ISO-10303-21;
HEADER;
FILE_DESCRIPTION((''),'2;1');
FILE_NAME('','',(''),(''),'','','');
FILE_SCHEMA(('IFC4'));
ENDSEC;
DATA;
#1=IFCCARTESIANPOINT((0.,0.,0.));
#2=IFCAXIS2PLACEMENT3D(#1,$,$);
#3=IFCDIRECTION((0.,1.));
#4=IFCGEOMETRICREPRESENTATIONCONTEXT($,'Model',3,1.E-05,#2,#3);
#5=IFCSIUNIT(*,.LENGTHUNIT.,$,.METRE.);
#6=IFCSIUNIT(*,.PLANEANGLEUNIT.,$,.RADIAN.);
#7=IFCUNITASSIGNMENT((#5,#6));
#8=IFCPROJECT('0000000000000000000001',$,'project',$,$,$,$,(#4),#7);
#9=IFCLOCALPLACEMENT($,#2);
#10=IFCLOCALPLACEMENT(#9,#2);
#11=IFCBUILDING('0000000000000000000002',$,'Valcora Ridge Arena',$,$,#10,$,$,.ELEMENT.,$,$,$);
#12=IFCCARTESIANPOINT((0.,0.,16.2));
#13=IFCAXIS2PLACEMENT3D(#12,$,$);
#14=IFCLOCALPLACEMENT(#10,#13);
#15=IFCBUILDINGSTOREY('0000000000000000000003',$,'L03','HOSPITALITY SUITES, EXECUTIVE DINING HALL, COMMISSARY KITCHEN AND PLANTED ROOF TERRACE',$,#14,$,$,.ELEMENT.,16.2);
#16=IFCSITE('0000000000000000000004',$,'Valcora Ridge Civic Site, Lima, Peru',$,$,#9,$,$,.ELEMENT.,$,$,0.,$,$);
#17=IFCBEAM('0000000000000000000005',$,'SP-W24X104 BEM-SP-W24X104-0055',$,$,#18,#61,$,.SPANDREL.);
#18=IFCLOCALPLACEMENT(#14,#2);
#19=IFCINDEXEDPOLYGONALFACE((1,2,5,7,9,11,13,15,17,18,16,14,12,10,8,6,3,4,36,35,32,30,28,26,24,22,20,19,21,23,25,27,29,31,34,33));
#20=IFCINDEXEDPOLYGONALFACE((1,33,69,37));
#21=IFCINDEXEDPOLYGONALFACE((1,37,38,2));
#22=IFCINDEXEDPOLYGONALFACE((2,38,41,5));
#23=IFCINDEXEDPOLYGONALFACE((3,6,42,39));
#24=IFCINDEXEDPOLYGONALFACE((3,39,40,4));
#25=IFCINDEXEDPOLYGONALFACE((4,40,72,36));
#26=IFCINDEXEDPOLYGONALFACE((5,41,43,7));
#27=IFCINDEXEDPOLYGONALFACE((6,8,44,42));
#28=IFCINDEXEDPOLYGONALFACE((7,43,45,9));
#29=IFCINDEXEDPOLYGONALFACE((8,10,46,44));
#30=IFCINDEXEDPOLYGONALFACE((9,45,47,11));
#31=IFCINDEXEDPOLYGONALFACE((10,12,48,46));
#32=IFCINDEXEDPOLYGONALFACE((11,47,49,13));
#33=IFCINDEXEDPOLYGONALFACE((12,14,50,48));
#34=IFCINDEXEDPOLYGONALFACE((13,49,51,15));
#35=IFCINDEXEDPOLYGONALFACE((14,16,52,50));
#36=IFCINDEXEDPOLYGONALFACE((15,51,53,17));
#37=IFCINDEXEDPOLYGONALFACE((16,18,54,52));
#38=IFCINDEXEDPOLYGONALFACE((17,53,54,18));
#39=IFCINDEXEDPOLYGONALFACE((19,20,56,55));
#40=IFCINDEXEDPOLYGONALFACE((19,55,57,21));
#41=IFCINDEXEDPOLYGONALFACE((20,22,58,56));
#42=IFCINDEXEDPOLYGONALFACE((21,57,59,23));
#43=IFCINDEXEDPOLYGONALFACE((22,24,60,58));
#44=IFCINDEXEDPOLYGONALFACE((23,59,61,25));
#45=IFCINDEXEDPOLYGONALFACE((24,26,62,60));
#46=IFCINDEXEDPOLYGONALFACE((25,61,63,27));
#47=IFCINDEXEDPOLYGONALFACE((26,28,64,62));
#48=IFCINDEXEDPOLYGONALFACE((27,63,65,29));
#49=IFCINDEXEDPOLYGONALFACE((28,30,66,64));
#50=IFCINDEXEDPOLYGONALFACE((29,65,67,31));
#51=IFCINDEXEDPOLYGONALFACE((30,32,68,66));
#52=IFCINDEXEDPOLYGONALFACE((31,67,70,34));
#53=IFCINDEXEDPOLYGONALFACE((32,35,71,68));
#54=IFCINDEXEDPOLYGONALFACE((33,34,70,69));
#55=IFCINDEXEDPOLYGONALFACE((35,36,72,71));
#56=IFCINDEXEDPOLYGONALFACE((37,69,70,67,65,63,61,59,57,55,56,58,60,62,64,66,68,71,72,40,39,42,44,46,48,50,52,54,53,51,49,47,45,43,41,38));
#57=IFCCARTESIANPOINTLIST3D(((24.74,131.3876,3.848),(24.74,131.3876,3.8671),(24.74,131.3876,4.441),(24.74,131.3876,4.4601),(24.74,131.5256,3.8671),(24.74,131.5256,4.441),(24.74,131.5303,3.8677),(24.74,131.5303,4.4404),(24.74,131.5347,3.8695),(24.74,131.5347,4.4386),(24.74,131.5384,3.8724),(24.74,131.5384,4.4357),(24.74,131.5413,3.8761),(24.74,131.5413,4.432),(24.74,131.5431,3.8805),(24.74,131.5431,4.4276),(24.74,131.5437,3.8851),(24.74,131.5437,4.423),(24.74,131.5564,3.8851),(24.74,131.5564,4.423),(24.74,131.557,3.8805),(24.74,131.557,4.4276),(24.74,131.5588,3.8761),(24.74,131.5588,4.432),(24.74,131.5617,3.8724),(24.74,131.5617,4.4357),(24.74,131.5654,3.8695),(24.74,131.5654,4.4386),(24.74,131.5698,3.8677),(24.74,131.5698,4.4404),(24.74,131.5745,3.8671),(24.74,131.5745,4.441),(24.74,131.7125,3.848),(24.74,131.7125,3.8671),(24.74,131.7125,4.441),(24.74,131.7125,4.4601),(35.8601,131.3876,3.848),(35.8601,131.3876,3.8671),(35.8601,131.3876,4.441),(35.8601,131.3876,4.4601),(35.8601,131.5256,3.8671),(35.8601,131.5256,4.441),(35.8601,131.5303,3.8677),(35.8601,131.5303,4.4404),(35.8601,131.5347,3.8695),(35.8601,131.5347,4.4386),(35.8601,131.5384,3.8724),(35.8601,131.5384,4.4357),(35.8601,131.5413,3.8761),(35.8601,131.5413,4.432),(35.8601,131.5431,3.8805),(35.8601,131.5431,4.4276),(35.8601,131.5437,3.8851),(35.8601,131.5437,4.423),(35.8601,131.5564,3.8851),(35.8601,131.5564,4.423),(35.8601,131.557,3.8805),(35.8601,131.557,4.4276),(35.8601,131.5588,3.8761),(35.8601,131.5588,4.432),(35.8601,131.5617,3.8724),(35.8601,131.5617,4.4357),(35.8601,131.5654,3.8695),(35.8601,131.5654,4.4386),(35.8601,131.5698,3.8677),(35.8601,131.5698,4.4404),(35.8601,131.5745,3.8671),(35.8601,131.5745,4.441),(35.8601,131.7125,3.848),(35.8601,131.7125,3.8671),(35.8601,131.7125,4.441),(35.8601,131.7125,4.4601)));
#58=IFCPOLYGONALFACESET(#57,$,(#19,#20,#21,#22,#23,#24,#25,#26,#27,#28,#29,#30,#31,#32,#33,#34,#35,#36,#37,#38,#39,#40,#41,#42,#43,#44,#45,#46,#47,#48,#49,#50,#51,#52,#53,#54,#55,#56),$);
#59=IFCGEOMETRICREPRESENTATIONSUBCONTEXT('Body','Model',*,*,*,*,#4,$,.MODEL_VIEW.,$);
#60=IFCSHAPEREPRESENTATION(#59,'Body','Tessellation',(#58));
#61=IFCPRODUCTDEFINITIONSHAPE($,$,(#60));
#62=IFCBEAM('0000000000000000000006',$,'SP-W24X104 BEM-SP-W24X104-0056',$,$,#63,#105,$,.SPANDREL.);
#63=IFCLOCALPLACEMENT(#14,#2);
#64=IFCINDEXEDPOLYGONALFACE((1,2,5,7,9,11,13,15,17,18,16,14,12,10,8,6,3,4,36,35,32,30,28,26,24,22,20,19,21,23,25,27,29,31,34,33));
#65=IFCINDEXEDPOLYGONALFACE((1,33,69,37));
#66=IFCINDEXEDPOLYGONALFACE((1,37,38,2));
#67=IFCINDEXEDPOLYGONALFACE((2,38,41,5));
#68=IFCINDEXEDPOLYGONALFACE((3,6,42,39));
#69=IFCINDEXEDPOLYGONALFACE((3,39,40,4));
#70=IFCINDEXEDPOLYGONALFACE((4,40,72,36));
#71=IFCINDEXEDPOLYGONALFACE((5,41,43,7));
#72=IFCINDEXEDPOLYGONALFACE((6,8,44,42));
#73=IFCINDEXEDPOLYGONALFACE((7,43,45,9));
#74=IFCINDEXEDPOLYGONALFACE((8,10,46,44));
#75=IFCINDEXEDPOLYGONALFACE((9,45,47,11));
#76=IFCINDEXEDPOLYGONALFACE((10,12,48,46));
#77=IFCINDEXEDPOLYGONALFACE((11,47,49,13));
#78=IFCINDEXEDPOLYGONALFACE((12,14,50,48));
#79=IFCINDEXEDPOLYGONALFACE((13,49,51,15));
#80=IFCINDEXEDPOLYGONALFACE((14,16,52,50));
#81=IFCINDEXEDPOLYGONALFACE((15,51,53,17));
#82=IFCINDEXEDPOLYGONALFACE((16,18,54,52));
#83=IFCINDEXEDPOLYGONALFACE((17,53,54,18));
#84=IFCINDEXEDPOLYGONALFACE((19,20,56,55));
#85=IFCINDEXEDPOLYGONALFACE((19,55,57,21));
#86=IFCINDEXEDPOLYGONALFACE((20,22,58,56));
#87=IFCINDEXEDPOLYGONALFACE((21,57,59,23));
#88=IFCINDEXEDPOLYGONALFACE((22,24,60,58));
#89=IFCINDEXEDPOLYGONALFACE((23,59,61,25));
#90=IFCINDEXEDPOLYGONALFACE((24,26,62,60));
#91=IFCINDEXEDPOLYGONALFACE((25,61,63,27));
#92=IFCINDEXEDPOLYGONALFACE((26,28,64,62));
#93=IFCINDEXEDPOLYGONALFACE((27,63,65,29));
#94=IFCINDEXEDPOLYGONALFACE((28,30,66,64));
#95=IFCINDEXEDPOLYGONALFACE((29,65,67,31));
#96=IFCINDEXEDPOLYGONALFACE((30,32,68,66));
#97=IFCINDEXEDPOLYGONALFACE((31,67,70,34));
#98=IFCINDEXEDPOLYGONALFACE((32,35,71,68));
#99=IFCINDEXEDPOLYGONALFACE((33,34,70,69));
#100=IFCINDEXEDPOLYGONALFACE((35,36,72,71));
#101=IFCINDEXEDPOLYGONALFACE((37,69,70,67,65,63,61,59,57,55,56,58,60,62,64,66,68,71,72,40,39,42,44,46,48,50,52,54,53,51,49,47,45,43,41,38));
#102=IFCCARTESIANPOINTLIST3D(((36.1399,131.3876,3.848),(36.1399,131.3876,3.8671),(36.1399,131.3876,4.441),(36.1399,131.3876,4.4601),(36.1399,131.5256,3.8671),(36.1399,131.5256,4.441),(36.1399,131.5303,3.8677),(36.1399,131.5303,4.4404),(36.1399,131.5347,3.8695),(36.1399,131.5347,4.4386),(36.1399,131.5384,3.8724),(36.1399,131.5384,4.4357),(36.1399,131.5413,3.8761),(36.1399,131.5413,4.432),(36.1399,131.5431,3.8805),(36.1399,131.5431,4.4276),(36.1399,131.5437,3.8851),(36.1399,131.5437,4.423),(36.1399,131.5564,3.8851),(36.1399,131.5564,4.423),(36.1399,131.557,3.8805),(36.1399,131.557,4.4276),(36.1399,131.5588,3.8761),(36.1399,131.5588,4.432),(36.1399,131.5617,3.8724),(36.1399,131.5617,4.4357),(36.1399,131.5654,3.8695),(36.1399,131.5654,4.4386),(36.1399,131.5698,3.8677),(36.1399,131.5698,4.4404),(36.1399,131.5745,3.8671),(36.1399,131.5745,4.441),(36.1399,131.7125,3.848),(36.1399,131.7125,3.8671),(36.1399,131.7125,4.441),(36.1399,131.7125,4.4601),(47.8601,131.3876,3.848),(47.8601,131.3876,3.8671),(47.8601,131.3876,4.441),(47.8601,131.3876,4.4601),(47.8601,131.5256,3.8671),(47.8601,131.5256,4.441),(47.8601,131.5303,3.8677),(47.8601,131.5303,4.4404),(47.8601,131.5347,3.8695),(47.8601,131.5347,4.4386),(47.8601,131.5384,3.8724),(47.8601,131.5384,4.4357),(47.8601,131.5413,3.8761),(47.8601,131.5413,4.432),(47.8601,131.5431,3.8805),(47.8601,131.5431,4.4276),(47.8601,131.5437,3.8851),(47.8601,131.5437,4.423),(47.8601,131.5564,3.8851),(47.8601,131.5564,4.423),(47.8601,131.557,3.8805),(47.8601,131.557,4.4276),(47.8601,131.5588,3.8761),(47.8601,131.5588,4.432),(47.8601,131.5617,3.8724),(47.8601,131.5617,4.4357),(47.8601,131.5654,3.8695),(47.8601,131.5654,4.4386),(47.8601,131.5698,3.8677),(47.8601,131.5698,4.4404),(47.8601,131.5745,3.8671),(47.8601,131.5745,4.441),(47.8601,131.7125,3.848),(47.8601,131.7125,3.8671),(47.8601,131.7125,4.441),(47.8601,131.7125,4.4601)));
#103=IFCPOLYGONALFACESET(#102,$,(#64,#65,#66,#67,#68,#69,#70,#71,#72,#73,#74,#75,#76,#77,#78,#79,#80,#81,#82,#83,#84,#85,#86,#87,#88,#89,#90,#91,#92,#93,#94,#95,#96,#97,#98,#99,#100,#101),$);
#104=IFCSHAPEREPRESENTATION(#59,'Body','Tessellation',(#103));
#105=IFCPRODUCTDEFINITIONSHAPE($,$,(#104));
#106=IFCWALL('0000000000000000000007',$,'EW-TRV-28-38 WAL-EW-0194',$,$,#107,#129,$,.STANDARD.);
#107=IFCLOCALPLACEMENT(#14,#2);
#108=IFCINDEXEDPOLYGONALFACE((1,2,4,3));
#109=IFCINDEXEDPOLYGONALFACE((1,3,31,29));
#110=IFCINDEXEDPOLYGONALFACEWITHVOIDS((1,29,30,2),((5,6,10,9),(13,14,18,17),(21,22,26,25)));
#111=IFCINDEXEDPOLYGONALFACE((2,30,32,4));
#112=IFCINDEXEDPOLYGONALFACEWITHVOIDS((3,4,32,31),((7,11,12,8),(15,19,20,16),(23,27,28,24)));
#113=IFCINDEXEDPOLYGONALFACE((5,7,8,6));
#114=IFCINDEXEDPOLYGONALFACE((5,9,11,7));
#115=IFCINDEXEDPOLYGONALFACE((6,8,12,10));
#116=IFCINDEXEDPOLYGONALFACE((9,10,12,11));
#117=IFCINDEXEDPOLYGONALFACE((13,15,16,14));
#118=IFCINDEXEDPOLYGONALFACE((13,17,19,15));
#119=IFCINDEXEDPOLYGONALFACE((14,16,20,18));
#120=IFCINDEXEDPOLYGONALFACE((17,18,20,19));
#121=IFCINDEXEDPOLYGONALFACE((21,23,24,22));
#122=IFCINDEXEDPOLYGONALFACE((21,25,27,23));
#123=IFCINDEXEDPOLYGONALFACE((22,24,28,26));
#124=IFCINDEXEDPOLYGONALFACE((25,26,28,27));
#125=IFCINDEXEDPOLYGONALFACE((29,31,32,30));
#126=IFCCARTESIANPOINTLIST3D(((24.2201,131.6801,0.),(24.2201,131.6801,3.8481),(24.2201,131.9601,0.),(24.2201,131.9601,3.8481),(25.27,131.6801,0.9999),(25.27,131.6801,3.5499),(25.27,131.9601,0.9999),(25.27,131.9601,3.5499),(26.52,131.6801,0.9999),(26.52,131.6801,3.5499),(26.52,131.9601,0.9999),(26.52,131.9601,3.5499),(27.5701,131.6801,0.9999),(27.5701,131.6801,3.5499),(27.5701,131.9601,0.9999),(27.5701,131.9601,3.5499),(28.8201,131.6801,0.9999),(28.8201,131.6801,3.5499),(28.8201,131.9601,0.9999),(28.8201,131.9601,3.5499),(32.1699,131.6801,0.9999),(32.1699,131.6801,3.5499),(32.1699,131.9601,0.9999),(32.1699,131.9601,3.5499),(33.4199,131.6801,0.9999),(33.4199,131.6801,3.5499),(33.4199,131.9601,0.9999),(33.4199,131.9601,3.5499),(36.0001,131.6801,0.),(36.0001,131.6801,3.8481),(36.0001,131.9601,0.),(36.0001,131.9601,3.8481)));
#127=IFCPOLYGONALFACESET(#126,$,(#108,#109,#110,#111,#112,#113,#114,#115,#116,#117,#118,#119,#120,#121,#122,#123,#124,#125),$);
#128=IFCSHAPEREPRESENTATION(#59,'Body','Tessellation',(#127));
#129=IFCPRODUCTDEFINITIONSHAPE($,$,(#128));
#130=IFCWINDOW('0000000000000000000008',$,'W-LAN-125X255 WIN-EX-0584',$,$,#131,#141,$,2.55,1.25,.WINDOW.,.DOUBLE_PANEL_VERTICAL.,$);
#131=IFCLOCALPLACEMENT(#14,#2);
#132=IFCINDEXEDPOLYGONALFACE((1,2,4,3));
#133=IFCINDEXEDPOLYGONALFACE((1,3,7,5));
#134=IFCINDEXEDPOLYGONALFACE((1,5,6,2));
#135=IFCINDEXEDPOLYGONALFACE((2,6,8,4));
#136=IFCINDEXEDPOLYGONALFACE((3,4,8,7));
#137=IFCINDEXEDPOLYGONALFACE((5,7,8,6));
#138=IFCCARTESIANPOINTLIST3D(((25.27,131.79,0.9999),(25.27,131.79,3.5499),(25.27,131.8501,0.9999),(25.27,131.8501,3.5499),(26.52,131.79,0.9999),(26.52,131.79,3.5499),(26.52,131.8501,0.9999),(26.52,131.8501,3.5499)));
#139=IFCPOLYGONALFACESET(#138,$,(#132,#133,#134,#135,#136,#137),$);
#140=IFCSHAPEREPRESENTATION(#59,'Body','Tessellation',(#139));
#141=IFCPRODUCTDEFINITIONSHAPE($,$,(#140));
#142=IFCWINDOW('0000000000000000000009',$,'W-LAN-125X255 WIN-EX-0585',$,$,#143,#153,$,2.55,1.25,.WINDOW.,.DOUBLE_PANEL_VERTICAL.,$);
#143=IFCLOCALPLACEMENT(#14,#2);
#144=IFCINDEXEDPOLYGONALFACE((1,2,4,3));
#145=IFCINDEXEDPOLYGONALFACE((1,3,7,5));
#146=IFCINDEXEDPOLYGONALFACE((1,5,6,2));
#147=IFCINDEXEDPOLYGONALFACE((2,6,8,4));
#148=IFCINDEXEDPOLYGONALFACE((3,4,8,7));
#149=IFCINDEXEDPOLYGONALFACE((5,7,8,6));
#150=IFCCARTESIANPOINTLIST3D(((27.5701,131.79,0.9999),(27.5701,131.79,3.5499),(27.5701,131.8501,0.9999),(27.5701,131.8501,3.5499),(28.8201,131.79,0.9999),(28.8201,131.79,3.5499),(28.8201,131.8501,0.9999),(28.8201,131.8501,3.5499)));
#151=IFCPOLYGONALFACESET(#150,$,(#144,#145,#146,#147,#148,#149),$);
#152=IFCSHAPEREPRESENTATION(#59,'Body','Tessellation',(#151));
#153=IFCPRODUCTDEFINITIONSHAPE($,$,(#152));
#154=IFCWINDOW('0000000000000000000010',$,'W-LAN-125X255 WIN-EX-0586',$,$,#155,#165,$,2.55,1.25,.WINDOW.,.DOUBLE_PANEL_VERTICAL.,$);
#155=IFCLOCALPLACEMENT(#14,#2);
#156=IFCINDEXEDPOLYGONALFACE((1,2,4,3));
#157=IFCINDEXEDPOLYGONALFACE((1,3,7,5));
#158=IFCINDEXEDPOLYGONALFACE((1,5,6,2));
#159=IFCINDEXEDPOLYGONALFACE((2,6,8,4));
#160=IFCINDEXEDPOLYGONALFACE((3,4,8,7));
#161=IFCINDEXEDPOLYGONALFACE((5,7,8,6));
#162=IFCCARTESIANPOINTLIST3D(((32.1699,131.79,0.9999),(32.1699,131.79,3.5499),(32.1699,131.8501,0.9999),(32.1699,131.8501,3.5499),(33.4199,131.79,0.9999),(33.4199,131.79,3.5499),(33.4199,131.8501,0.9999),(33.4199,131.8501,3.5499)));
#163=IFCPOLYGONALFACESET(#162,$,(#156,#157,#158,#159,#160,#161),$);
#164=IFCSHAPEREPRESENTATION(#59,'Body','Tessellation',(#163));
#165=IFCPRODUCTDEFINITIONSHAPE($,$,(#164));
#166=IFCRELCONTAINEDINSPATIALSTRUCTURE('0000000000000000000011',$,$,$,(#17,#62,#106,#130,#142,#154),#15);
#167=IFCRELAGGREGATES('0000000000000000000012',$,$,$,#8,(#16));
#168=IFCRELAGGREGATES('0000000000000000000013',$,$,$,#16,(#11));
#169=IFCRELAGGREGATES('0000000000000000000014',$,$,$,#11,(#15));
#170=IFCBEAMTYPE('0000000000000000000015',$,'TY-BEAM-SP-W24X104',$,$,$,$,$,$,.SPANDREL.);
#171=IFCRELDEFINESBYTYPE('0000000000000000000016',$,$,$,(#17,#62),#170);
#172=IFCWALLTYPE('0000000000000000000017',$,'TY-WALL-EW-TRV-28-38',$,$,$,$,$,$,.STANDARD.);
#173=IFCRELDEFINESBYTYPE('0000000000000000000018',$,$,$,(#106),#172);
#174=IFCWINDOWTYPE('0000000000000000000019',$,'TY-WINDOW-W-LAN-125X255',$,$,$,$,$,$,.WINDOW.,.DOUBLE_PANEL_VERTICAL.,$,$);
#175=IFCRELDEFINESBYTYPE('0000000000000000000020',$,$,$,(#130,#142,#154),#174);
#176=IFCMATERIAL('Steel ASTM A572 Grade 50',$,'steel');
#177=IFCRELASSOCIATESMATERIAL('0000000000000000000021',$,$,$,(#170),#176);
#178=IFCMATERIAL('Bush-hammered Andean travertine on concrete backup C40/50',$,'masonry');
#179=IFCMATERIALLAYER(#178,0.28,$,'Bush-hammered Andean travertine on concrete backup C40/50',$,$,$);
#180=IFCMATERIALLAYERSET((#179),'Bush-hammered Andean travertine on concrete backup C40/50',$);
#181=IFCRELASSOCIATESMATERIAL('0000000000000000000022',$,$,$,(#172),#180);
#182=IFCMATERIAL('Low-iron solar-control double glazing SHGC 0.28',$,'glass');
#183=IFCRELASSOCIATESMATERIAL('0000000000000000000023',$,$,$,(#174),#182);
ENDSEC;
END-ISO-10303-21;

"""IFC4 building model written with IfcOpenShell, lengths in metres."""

from ifc_helpers import new_model, si_unit, direction, frame, frame_2d, origin, origin_2d, place, context, subcontext, project, spatial, rectangle, i_section, extrude, material, layer, layer_set, material_profile, profile_set, type_object, element, fill, save


model = new_model("IFC4")

# Units and contexts
model_context = context("Model", 3, precision=1e-05, world=origin(), true_north=direction((0.0, 1.0)))
body_context = subcontext(model_context, "Body", "Model", "MODEL_VIEW")
ifc_project = project(units=[si_unit("LENGTHUNIT", "METRE"), si_unit("PLANEANGLEUNIT", "RADIAN")], contexts=[model_context])

# Site, building, storey
site_placement = place(None, origin())
site = spatial("IfcSite", under=ifc_project, at=site_placement, Name="Valcora Ridge Civic Site, Lima, Peru", CompositionType="ELEMENT", RefElevation=0.0)
building_placement = place(site_placement, origin())
building = spatial("IfcBuilding", under=site, at=building_placement, Name="Valcora Ridge Arena", CompositionType="ELEMENT")
storey_placement = place(building_placement, frame((0.0, 0.0, 16.2)))
storey = spatial("IfcBuildingStorey", under=building, at=storey_placement, Name="L03", Description="HOSPITALITY SUITES, EXECUTIVE DINING HALL, COMMISSARY KITCHEN AND PLANTED ROOF TERRACE", CompositionType="ELEMENT", Elevation=16.2)

# Beams
ifc_material_1 = material(Name="Steel ASTM A572 Grade 50", Category="steel")
ifc_material_profile_1 = material_profile(ifc_material_1, i_section(OverallWidth=0.325, OverallDepth=0.6121, WebThickness=0.0127, FlangeThickness=0.019, FilletRadius=0.0181, at=origin_2d()), Name="W24X104")
ifc_profile_set_1 = profile_set([ifc_material_profile_1], Name="Steel ASTM A572 Grade 50")
beam_type_1 = type_object("IfcBeamType", Name="TY-BEAM-SP-W24X104", PredefinedType="SPANDREL", material=ifc_profile_set_1)
beam_1_placement = place(storey_placement, frame((24.74, 131.55, 4.1541), z_axis=(1.0, 0.0, 0.0), x_axis=(0.0, 1.0, 0.0)))
element("IfcBeam", 1, at=beam_1_placement, inside=storey, type_object=beam_type_1, Name="SP-W24X104 BEM-SP-W24X104-0055", PredefinedType="SPANDREL", context=body_context, shape_type="SweptSolid", body=[
    extrude(i_section(OverallWidth=0.325, OverallDepth=0.6121, WebThickness=0.0127, FlangeThickness=0.019, FilletRadius=0.0181, at=origin_2d()), origin(), (0.0, 0.0, 1.0), 11.1201),
])
beam_2_placement = place(storey_placement, frame((36.1399, 131.55, 4.1541), z_axis=(1.0, 0.0, 0.0), x_axis=(0.0, 1.0, 0.0)))
element("IfcBeam", 2, at=beam_2_placement, inside=storey, type_object=beam_type_1, Name="SP-W24X104 BEM-SP-W24X104-0056", PredefinedType="SPANDREL", context=body_context, shape_type="SweptSolid", body=[
    extrude(i_section(OverallWidth=0.325, OverallDepth=0.6121, WebThickness=0.0127, FlangeThickness=0.019, FilletRadius=0.0181, at=origin_2d()), origin(), (0.0, 0.0, 1.0), 11.7202),
])

# Wall, openings, windows
ifc_material_2 = material(Name="Bush-hammered Andean travertine on concrete backup C40/50", Category="masonry")
ifc_layer_1 = layer(ifc_material_2, 0.28, Name="Bush-hammered Andean travertine on concrete backup C40/50")
ifc_layer_set_1 = layer_set([ifc_layer_1], Name="Bush-hammered Andean travertine on concrete backup C40/50")
wall_type_1 = type_object("IfcWallType", Name="TY-WALL-EW-TRV-28-38", PredefinedType="STANDARD", material=ifc_layer_set_1)
wall_1_placement = place(storey_placement, frame((24.22, 131.8201, 0.0), z_axis=(0.0, 0.0, 1.0), x_axis=(1.0, 0.0, 0.0)))
wall_1 = element("IfcWall", 3, at=wall_1_placement, inside=storey, type_object=wall_type_1, Name="EW-TRV-28-38 WAL-EW-0194", PredefinedType="STANDARD", context=body_context, shape_type="SweptSolid", body=[
    extrude(rectangle(XDim=11.78, YDim=0.28, at=frame_2d((5.8901, 0.0))), origin(), (0.0, 0.0, 1.0), 3.8481),
])
opening_1_placement = place(wall_1_placement, frame((1.05, 0.0, 1.0)))
opening_1 = element("IfcOpeningElement", 4, at=opening_1_placement, cuts=wall_1, PredefinedType="OPENING", context=body_context, shape_type="SweptSolid", body=[
    extrude(rectangle(XDim=1.25, YDim=2.55, at=frame_2d((0.625, 1.2749))), frame((0.0, 0.1499, 0.0), z_axis=(0.0, -1.0, 0.0), x_axis=(1.0, 0.0, 0.0)), (0.0, 0.0, 1.0), 0.3),
])
opening_2_placement = place(wall_1_placement, frame((3.3501, 0.0, 1.0)))
opening_2 = element("IfcOpeningElement", 5, at=opening_2_placement, cuts=wall_1, PredefinedType="OPENING", context=body_context, shape_type="SweptSolid", body=[
    extrude(rectangle(XDim=1.25, YDim=2.55, at=frame_2d((0.625, 1.2749))), frame((0.0, 0.1499, 0.0), z_axis=(0.0, -1.0, 0.0), x_axis=(1.0, 0.0, 0.0)), (0.0, 0.0, 1.0), 0.3),
])
opening_3_placement = place(wall_1_placement, frame((7.95, 0.0, 1.0)))
opening_3 = element("IfcOpeningElement", 6, at=opening_3_placement, cuts=wall_1, PredefinedType="OPENING", context=body_context, shape_type="SweptSolid", body=[
    extrude(rectangle(XDim=1.25, YDim=2.55, at=frame_2d((0.625, 1.2749))), frame((0.0, 0.1499, 0.0), z_axis=(0.0, -1.0, 0.0), x_axis=(1.0, 0.0, 0.0)), (0.0, 0.0, 1.0), 0.3),
])
ifc_material_3 = material(Name="Low-iron solar-control double glazing SHGC 0.28", Category="glass")
window_type = type_object("IfcWindowType", Name="TY-WINDOW-W-LAN-125X255", PartitioningType="DOUBLE_PANEL_VERTICAL", PredefinedType="WINDOW", material=ifc_material_3)
window_1_placement = place(opening_1_placement, origin())
window_1 = element("IfcWindow", 7, at=window_1_placement, inside=storey, type_object=window_type, Name="W-LAN-125X255 WIN-EX-0584", OverallHeight=2.55, OverallWidth=1.25, PartitioningType="DOUBLE_PANEL_VERTICAL", PredefinedType="WINDOW", context=body_context, shape_type="SweptSolid", body=[
    extrude(rectangle(XDim=1.25, YDim=2.55, at=frame_2d((0.625, 1.2749))), frame((0.0, 0.03, 0.0), z_axis=(0.0, -1.0, 0.0), x_axis=(1.0, 0.0, 0.0)), (0.0, 0.0, 1.0), 0.0601),
])
fill(opening_1, window_1)
window_2_placement = place(opening_2_placement, origin())
window_2 = element("IfcWindow", 8, at=window_2_placement, inside=storey, type_object=window_type, Name="W-LAN-125X255 WIN-EX-0585", OverallHeight=2.55, OverallWidth=1.25, PartitioningType="DOUBLE_PANEL_VERTICAL", PredefinedType="WINDOW", context=body_context, shape_type="SweptSolid", body=[
    extrude(rectangle(XDim=1.25, YDim=2.55, at=frame_2d((0.625, 1.2749))), frame((0.0, 0.03, 0.0), z_axis=(0.0, -1.0, 0.0), x_axis=(1.0, 0.0, 0.0)), (0.0, 0.0, 1.0), 0.0601),
])
fill(opening_2, window_2)
window_3_placement = place(opening_3_placement, origin())
window_3 = element("IfcWindow", 9, at=window_3_placement, inside=storey, type_object=window_type, Name="W-LAN-125X255 WIN-EX-0586", OverallHeight=2.55, OverallWidth=1.25, PartitioningType="DOUBLE_PANEL_VERTICAL", PredefinedType="WINDOW", context=body_context, shape_type="SweptSolid", body=[
    extrude(rectangle(XDim=1.25, YDim=2.55, at=frame_2d((0.625, 1.2749))), frame((0.0, 0.03, 0.0), z_axis=(0.0, -1.0, 0.0), x_axis=(1.0, 0.0, 0.0)), (0.0, 0.0, 1.0), 0.0601),
])
fill(opening_3, window_3)

save(model, "model.ifc")
